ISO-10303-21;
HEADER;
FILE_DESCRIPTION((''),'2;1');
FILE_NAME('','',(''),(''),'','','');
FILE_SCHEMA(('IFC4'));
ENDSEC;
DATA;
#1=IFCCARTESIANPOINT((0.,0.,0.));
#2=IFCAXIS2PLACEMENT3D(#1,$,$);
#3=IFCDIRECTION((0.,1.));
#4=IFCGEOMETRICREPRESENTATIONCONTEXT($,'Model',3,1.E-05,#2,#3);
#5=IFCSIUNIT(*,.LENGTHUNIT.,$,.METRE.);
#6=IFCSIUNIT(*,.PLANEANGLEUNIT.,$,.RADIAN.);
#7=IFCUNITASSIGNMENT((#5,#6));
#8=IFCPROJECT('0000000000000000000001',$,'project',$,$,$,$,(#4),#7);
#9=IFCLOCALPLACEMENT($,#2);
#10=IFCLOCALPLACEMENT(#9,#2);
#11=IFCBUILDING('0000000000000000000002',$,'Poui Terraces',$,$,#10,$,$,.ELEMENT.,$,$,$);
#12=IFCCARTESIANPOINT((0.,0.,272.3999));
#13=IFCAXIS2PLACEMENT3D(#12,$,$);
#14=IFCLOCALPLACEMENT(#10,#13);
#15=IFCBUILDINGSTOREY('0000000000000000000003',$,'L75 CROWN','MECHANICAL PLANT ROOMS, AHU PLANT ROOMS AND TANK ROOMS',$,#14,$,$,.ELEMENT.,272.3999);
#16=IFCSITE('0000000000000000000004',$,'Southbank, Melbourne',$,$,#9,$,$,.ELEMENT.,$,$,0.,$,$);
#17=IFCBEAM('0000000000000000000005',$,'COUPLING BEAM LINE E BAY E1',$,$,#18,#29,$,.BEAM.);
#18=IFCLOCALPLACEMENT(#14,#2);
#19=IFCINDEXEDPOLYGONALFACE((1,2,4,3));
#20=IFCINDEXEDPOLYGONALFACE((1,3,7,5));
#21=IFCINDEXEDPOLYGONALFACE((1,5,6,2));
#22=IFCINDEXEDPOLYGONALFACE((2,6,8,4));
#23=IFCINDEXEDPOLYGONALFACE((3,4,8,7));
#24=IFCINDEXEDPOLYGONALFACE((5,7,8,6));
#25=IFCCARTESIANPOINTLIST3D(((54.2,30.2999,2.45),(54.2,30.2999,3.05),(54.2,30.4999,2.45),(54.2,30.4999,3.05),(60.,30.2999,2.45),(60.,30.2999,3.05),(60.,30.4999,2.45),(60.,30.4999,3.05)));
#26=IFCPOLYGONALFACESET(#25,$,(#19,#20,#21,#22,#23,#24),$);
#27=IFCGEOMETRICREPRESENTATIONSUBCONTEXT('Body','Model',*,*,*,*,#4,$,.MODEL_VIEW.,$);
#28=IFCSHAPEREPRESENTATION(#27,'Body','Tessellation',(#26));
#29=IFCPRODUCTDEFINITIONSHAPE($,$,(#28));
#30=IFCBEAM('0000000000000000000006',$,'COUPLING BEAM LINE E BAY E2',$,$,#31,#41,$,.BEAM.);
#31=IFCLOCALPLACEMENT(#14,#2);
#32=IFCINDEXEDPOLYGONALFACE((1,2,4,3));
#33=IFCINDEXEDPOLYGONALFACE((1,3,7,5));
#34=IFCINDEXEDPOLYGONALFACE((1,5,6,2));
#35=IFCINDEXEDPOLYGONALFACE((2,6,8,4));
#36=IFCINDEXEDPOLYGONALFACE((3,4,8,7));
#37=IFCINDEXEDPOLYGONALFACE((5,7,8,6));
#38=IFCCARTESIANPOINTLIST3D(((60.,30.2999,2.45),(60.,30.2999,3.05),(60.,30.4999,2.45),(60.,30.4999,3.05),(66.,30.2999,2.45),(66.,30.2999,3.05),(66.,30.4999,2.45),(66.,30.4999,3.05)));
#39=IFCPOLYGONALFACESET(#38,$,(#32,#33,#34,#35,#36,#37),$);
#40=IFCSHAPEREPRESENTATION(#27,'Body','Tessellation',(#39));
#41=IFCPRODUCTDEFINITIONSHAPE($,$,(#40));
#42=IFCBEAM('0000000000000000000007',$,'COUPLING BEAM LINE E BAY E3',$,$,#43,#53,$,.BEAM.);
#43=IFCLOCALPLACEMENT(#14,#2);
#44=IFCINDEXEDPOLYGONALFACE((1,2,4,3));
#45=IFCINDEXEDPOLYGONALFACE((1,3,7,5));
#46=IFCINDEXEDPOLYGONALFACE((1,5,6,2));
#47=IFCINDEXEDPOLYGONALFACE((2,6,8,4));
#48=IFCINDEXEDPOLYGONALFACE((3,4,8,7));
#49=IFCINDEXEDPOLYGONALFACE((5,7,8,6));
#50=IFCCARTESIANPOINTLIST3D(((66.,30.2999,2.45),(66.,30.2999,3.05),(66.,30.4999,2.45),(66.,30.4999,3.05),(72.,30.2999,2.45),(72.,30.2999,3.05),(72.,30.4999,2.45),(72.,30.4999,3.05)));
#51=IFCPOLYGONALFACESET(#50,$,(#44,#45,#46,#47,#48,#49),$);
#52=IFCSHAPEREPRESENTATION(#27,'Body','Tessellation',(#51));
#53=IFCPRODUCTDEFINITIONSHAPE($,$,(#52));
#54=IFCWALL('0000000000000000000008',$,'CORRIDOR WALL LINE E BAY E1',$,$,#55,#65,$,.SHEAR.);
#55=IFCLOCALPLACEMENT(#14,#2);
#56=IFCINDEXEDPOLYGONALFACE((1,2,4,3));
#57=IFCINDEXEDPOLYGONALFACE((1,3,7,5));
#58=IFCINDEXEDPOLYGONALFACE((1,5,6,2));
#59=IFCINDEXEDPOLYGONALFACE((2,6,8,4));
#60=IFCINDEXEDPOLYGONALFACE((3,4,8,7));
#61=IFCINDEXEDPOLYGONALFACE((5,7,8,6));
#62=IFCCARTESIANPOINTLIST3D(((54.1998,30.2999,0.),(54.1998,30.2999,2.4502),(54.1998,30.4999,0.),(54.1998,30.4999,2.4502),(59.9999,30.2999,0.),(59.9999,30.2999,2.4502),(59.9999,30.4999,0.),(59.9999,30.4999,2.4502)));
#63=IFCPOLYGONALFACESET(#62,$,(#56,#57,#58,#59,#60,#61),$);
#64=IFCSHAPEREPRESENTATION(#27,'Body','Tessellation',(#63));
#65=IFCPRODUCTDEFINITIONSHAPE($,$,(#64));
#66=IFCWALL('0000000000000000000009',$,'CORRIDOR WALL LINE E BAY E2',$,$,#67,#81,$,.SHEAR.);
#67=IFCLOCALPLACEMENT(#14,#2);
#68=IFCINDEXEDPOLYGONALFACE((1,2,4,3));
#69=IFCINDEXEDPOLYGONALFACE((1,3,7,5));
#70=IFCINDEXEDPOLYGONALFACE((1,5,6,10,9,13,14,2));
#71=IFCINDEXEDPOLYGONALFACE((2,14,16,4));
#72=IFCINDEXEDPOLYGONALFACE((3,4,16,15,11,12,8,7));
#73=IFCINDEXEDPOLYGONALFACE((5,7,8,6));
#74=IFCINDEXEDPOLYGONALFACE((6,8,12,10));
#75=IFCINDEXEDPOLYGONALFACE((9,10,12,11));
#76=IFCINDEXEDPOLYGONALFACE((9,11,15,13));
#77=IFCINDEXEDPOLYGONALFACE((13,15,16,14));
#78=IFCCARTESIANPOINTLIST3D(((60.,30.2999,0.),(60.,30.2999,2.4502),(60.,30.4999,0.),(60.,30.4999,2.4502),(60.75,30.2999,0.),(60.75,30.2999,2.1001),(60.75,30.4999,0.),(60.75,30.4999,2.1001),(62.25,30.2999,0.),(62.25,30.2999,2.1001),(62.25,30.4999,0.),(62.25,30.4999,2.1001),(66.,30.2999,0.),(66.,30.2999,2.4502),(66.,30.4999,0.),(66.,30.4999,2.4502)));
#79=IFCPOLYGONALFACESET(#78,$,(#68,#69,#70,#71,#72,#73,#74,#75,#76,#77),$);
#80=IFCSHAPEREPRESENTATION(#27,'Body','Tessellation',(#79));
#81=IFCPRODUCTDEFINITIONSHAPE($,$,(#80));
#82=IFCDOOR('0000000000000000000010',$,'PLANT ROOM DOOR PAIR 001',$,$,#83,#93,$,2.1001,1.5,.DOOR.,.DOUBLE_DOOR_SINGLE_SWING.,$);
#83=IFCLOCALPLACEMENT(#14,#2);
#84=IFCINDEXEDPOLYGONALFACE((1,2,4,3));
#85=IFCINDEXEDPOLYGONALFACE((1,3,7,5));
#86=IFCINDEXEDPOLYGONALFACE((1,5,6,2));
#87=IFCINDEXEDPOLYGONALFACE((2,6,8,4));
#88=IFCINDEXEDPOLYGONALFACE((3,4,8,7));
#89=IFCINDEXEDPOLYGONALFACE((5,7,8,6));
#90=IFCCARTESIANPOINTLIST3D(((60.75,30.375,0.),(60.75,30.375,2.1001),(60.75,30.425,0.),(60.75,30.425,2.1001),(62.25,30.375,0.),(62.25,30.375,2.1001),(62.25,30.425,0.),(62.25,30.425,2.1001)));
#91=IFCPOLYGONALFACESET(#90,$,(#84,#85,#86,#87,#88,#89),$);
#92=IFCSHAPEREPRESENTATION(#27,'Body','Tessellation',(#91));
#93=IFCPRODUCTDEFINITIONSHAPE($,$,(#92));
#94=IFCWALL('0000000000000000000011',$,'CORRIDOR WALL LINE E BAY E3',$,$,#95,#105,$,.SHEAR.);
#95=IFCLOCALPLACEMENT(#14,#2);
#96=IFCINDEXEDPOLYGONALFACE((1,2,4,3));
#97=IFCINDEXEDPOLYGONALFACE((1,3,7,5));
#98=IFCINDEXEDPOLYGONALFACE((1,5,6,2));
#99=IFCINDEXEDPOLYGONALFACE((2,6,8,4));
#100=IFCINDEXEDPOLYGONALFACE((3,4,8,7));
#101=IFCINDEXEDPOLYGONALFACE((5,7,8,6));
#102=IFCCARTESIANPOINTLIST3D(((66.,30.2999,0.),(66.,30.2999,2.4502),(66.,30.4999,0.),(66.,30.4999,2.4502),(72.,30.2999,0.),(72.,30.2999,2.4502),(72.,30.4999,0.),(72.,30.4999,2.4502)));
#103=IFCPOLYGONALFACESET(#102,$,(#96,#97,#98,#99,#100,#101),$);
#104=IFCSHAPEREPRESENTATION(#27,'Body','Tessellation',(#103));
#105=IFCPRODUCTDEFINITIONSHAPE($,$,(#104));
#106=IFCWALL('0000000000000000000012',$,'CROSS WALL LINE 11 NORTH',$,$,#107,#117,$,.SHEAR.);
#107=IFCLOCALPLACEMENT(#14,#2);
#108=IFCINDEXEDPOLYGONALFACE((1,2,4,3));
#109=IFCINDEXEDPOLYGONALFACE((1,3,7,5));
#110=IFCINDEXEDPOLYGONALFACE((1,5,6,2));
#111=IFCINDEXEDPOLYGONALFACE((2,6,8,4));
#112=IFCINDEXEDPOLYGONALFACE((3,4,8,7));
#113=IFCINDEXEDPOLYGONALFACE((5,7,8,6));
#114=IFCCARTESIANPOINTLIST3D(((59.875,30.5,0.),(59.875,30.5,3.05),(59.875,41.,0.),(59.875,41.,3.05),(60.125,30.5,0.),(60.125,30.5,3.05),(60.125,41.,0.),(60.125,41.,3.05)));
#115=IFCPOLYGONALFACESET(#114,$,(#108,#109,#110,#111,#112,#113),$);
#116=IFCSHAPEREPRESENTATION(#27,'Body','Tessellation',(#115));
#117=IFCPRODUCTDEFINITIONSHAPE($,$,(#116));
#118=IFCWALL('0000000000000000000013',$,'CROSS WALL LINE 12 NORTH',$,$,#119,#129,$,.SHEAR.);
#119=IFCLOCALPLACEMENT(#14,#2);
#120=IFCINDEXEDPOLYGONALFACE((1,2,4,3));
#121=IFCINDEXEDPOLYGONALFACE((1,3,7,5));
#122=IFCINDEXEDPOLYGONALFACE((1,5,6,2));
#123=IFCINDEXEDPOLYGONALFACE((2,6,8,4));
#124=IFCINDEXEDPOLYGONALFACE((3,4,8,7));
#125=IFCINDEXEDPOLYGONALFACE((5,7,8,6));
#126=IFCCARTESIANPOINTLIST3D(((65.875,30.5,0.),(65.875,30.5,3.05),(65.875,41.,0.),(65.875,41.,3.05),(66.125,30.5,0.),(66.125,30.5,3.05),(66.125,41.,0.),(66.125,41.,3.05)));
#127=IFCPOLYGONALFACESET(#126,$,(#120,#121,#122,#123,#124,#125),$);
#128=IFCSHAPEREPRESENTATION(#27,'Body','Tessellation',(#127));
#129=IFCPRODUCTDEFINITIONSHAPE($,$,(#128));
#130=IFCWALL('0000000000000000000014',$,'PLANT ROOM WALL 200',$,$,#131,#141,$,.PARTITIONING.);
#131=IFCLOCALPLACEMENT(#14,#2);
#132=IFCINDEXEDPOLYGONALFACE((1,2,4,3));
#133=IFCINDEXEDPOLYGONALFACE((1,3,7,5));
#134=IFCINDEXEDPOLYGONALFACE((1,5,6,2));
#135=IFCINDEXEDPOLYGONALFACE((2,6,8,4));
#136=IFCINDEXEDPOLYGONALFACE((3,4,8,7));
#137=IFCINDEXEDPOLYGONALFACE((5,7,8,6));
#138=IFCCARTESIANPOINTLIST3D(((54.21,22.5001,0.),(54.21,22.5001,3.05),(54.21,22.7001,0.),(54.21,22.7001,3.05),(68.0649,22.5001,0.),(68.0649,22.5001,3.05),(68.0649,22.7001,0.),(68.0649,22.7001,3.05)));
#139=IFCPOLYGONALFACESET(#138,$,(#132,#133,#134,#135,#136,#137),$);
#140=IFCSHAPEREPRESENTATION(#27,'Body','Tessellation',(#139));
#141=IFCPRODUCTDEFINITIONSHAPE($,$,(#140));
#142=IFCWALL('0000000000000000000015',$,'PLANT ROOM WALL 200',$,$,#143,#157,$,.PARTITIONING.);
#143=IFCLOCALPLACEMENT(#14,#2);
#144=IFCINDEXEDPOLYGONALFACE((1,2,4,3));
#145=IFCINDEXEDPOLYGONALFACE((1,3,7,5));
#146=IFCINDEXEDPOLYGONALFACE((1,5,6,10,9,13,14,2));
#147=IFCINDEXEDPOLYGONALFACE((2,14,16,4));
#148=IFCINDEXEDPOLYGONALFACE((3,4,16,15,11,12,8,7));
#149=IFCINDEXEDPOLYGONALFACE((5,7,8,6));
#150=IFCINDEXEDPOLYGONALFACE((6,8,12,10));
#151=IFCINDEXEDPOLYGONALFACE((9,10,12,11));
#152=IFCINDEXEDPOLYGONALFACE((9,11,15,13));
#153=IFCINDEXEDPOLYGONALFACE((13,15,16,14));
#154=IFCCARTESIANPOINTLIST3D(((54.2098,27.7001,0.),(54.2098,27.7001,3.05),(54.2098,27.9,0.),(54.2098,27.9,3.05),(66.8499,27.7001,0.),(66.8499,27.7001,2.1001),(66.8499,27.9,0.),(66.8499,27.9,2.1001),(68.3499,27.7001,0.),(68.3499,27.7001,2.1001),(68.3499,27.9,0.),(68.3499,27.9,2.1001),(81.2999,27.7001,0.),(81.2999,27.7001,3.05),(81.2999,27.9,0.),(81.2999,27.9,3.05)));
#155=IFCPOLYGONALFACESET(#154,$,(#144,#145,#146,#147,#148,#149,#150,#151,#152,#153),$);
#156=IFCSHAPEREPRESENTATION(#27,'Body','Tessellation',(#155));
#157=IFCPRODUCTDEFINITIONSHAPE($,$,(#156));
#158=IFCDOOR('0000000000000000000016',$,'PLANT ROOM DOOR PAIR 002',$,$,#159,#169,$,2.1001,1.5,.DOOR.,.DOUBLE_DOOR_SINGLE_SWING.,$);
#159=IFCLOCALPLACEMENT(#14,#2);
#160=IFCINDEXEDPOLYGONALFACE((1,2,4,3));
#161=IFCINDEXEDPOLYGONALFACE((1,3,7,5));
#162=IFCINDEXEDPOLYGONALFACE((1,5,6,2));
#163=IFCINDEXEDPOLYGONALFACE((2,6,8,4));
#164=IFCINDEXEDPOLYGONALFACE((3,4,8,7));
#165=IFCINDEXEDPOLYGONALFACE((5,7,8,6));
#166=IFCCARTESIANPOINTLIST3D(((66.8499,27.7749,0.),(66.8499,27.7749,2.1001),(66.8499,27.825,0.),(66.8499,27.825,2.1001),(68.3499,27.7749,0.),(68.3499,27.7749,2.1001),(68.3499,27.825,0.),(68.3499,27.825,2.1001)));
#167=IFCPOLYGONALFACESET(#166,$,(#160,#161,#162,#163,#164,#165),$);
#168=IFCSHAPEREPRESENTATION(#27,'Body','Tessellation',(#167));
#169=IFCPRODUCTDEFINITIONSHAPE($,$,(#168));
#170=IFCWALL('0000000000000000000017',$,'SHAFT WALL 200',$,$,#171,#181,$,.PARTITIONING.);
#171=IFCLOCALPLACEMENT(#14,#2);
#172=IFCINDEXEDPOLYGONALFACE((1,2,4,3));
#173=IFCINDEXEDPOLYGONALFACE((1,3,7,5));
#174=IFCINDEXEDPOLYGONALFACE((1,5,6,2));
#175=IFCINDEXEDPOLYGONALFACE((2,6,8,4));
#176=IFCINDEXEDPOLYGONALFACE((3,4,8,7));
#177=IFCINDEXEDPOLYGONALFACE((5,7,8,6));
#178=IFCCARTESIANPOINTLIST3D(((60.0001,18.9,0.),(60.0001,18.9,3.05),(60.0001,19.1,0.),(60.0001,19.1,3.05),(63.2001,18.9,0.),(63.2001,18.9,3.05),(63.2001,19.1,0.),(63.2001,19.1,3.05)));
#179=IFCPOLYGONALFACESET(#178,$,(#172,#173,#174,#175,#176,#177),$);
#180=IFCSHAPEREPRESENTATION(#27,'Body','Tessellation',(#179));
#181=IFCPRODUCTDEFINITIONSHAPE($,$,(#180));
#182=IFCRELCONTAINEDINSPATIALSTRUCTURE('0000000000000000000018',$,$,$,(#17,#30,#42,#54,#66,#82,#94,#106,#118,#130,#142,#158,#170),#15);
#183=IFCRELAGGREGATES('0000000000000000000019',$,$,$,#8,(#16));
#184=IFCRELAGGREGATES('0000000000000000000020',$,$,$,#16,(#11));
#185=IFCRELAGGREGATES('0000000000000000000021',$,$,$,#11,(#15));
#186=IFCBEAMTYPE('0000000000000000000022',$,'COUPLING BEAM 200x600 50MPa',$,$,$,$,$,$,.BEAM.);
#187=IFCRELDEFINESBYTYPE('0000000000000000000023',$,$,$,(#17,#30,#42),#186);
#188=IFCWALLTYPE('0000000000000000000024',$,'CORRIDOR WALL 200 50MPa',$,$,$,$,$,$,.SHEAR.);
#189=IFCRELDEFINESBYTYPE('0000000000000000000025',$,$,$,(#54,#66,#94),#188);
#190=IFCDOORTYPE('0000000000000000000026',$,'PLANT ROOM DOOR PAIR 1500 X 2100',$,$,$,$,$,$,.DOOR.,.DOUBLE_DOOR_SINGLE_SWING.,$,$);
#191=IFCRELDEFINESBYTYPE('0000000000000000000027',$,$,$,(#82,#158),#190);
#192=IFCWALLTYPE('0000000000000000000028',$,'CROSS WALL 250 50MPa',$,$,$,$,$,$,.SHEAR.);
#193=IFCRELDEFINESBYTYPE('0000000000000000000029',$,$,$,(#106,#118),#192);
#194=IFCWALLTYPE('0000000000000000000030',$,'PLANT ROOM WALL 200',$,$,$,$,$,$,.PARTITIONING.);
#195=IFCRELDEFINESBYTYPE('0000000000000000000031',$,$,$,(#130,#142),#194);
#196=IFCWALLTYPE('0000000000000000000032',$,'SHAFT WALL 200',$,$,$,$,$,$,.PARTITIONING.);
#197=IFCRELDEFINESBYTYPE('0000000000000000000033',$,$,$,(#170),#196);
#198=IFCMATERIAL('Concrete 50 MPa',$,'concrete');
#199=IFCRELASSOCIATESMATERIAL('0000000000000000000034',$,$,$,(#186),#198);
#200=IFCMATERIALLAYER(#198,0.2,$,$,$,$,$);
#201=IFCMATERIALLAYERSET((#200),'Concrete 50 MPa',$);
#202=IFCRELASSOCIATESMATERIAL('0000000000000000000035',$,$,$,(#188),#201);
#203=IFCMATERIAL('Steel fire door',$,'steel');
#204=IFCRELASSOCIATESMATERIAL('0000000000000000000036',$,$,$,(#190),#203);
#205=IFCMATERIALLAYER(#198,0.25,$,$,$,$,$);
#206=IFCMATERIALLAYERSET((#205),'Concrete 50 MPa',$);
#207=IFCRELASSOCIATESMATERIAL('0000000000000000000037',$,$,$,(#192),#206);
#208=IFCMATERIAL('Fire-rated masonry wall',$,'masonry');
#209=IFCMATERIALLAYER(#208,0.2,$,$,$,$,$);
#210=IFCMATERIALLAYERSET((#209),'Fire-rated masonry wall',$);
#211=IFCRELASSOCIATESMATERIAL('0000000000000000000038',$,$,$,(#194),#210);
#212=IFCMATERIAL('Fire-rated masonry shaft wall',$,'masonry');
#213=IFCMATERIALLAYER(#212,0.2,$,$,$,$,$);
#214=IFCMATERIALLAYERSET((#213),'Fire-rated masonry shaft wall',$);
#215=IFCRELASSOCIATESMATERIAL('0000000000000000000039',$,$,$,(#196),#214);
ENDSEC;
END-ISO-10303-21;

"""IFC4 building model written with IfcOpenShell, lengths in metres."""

from ifc_helpers import new_model, si_unit, direction, frame, frame_2d, origin, origin_2d, place, context, subcontext, project, spatial, rectangle, extrude, source, transform, mapped, material, layer, layer_set, material_profile, profile_set, type_object, element, fill, save


model = new_model("IFC4")

# Units and contexts
model_context = context("Model", 3, precision=1e-05, world=origin(), true_north=direction((0.0, 1.0)))
body_context = subcontext(model_context, "Body", "Model", "MODEL_VIEW")
ifc_project = project(units=[si_unit("LENGTHUNIT", "METRE"), si_unit("PLANEANGLEUNIT", "RADIAN")], contexts=[model_context])

# Site, building, storey
site_placement = place(None, origin())
site = spatial("IfcSite", under=ifc_project, at=site_placement, Name="Southbank, Melbourne", CompositionType="ELEMENT", RefElevation=0.0)
building_placement = place(site_placement, origin())
building = spatial("IfcBuilding", under=site, at=building_placement, Name="Poui Terraces", CompositionType="ELEMENT")
storey_placement = place(building_placement, frame((0.0, 0.0, 272.3999)))
storey = spatial("IfcBuildingStorey", under=building, at=storey_placement, Name="L75 CROWN", Description="MECHANICAL PLANT ROOMS, AHU PLANT ROOMS AND TANK ROOMS", CompositionType="ELEMENT", Elevation=272.3999)

# Beams
ifc_material_1 = material(Name="Concrete 50 MPa", Category="concrete")
ifc_material_profile_1 = material_profile(ifc_material_1, rectangle(XDim=0.2, YDim=0.6001, at=origin_2d()), Name="RC 200x600")
ifc_profile_set_1 = profile_set([ifc_material_profile_1], Name="Concrete 50 MPa")
beam_type = type_object("IfcBeamType", Name="COUPLING BEAM 200x600 50MPa", PredefinedType="BEAM", material=ifc_profile_set_1)
shared_shape_1 = source(origin(), body_context, "Body", "SweptSolid", [
    extrude(rectangle(XDim=0.2, YDim=0.6001, at=origin_2d()), origin(), (0.0, 0.0, 1.0), 5.8),
])
beam_placement = place(storey_placement, frame((54.2, 30.3999, 2.75), z_axis=(1.0, 0.0, 0.0), x_axis=(0.0, 1.0, 0.0)))
element("IfcBeam", 1, at=beam_placement, inside=storey, type_object=beam_type, Name="COUPLING BEAM LINE E BAY E1", PredefinedType="BEAM", context=body_context, shape_type="MappedRepresentation", body=[
    mapped(shared_shape_1, transform((0.0, 0.0, 0.0))),
])
shared_shape_2 = source(origin(), body_context, "Body", "SweptSolid", [
    extrude(rectangle(XDim=0.2, YDim=0.6001, at=origin_2d()), origin(), (0.0, 0.0, 1.0), 6.0),
])
for number, where, z_axis, x_axis, name in (
    (2, (60.0, 30.3999, 2.75), (1.0, 0.0, 0.0), (0.0, 1.0, 0.0), "COUPLING BEAM LINE E BAY E2"),
    (3, (66.0, 30.3999, 2.75), (1.0, 0.0, 0.0), (0.0, 1.0, 0.0), "COUPLING BEAM LINE E BAY E3"),
):
    element("IfcBeam", number, at=place(storey_placement, frame(where, z_axis=z_axis, x_axis=x_axis)), inside=storey, type_object=beam_type, Name=name, PredefinedType="BEAM", context=body_context, shape_type="MappedRepresentation", body=[
        mapped(shared_shape_2, transform((0.0, 0.0, 0.0))),
    ])

# Wall
ifc_layer_1 = layer(ifc_material_1, 0.2)
ifc_layer_set_1 = layer_set([ifc_layer_1], Name="Concrete 50 MPa")
wall_type_1 = type_object("IfcWallType", Name="CORRIDOR WALL 200 50MPa", PredefinedType="SHEAR", material=ifc_layer_set_1)
wall_1_placement = place(storey_placement, frame((54.2, 30.3999, 0.0), z_axis=(0.0, 0.0, 1.0), x_axis=(1.0, 0.0, 0.0)))
element("IfcWall", 4, at=wall_1_placement, inside=storey, type_object=wall_type_1, Name="CORRIDOR WALL LINE E BAY E1", PredefinedType="SHEAR", context=body_context, shape_type="SweptSolid", body=[
    extrude(rectangle(XDim=5.8, YDim=0.2, at=frame_2d((2.8999, 0.0))), origin(), (0.0, 0.0, 1.0), 2.4502),
])

# Wall, opening, door
wall_2_placement = place(storey_placement, frame((60.0, 30.3999, 0.0), z_axis=(0.0, 0.0, 1.0), x_axis=(1.0, 0.0, 0.0)))
wall_2 = element("IfcWall", 5, at=wall_2_placement, inside=storey, type_object=wall_type_1, Name="CORRIDOR WALL LINE E BAY E2", PredefinedType="SHEAR", context=body_context, shape_type="SweptSolid", body=[
    extrude(rectangle(XDim=6.0, YDim=0.2, at=frame_2d((3.0, 0.0))), origin(), (0.0, 0.0, 1.0), 2.4502),
])
opening_1_placement = place(wall_2_placement, frame((0.75, 0.0, 0.0)))
opening_1 = element("IfcOpeningElement", 6, at=opening_1_placement, cuts=wall_2, PredefinedType="OPENING", context=body_context, shape_type="SweptSolid", body=[
    extrude(rectangle(XDim=1.5, YDim=2.1001, at=frame_2d((0.75, 1.05))), frame((0.0, 0.1099, 0.0), z_axis=(0.0, -1.0, 0.0), x_axis=(1.0, 0.0, 0.0)), (0.0, 0.0, 1.0), 0.22),
])
ifc_material_2 = material(Name="Steel fire door", Category="steel")
door_type = type_object("IfcDoorType", Name="PLANT ROOM DOOR PAIR 1500 X 2100", OperationType="DOUBLE_DOOR_SINGLE_SWING", PredefinedType="DOOR", material=ifc_material_2)
door_1_placement = place(opening_1_placement, frame((1.5, 0.0, 0.0), z_axis=(0.0, 0.0, 1.0), x_axis=(-1.0, 0.0, 0.0)))
door_1 = element("IfcDoor", 7, at=door_1_placement, inside=storey, type_object=door_type, Name="PLANT ROOM DOOR PAIR 001", OperationType="DOUBLE_DOOR_SINGLE_SWING", OverallHeight=2.1001, OverallWidth=1.5, PredefinedType="DOOR", context=body_context, shape_type="SweptSolid", body=[
    extrude(rectangle(XDim=1.5, YDim=2.1001, at=frame_2d((0.75, 1.05))), frame((0.0, 0.0249, 0.0), z_axis=(0.0, -1.0, 0.0), x_axis=(1.0, 0.0, 0.0)), (0.0, 0.0, 1.0), 0.05),
])
fill(opening_1, door_1)

# Walls
wall_3_placement = place(storey_placement, frame((66.0, 30.3999, 0.0), z_axis=(0.0, 0.0, 1.0), x_axis=(1.0, 0.0, 0.0)))
element("IfcWall", 8, at=wall_3_placement, inside=storey, type_object=wall_type_1, Name="CORRIDOR WALL LINE E BAY E3", PredefinedType="SHEAR", context=body_context, shape_type="SweptSolid", body=[
    extrude(rectangle(XDim=6.0, YDim=0.2, at=frame_2d((3.0, 0.0))), origin(), (0.0, 0.0, 1.0), 2.4502),
])
ifc_layer_2 = layer(ifc_material_1, 0.25)
ifc_layer_set_2 = layer_set([ifc_layer_2], Name="Concrete 50 MPa")
wall_type_2 = type_object("IfcWallType", Name="CROSS WALL 250 50MPa", PredefinedType="SHEAR", material=ifc_layer_set_2)
for number, where, z_axis, x_axis, name in (
    (9, (60.0, 30.5, 0.0), (0.0, 0.0, 1.0), (0.0, 1.0, 0.0), "CROSS WALL LINE 11 NORTH"),
    (10, (66.0, 30.5, 0.0), (0.0, 0.0, 1.0), (0.0, 1.0, 0.0), "CROSS WALL LINE 12 NORTH"),
):
    element("IfcWall", number, at=place(storey_placement, frame(where, z_axis=z_axis, x_axis=x_axis)), inside=storey, type_object=wall_type_2, Name=name, PredefinedType="SHEAR", context=body_context, shape_type="SweptSolid", body=[
        extrude(rectangle(XDim=10.5, YDim=0.25, at=frame_2d((5.25, 0.0))), origin(), (0.0, 0.0, 1.0), 3.05),
    ])
ifc_material_3 = material(Name="Fire-rated masonry wall", Category="masonry")
ifc_layer_3 = layer(ifc_material_3, 0.2)
ifc_layer_set_3 = layer_set([ifc_layer_3], Name="Fire-rated masonry wall")
wall_type_3 = type_object("IfcWallType", Name="PLANT ROOM WALL 200", PredefinedType="PARTITIONING", material=ifc_layer_set_3)
wall_4_placement = place(storey_placement, frame((54.21, 22.6001, 0.0), z_axis=(0.0, 0.0, 1.0), x_axis=(1.0, 0.0, 0.0)))
element("IfcWall", 11, at=wall_4_placement, inside=storey, type_object=wall_type_3, Name="PLANT ROOM WALL 200", PredefinedType="PARTITIONING", context=body_context, shape_type="SweptSolid", body=[
    extrude(rectangle(XDim=13.855, YDim=0.2, at=frame_2d((6.9275, 0.0))), origin(), (0.0, 0.0, 1.0), 3.05),
])

# Wall, opening, door
wall_5_placement = place(storey_placement, frame((54.21, 27.8, 0.0), z_axis=(0.0, 0.0, 1.0), x_axis=(1.0, 0.0, 0.0)))
wall_5 = element("IfcWall", 12, at=wall_5_placement, inside=storey, type_object=wall_type_3, Name="PLANT ROOM WALL 200", PredefinedType="PARTITIONING", context=body_context, shape_type="SweptSolid", body=[
    extrude(rectangle(XDim=27.0901, YDim=0.2, at=frame_2d((13.5449, 0.0))), origin(), (0.0, 0.0, 1.0), 3.05),
])
opening_2_placement = place(wall_5_placement, frame((12.6399, 0.0, 0.0)))
opening_2 = element("IfcOpeningElement", 13, at=opening_2_placement, cuts=wall_5, PredefinedType="OPENING", context=body_context, shape_type="SweptSolid", body=[
    extrude(rectangle(XDim=1.5, YDim=2.1001, at=frame_2d((0.75, 1.05))), frame((0.0, 0.1099, 0.0), z_axis=(0.0, -1.0, 0.0), x_axis=(1.0, 0.0, 0.0)), (0.0, 0.0, 1.0), 0.22),
])
door_2_placement = place(opening_2_placement, origin())
door_2 = element("IfcDoor", 14, at=door_2_placement, inside=storey, type_object=door_type, Name="PLANT ROOM DOOR PAIR 002", OperationType="DOUBLE_DOOR_SINGLE_SWING", OverallHeight=2.1001, OverallWidth=1.5, PredefinedType="DOOR", context=body_context, shape_type="SweptSolid", body=[
    extrude(rectangle(XDim=1.5, YDim=2.1001, at=frame_2d((0.75, 1.05))), frame((0.0, 0.0249, 0.0), z_axis=(0.0, -1.0, 0.0), x_axis=(1.0, 0.0, 0.0)), (0.0, 0.0, 1.0), 0.05),
])
fill(opening_2, door_2)

# Wall
ifc_material_4 = material(Name="Fire-rated masonry shaft wall", Category="masonry")
ifc_layer_4 = layer(ifc_material_4, 0.2)
ifc_layer_set_4 = layer_set([ifc_layer_4], Name="Fire-rated masonry shaft wall")
wall_type_4 = type_object("IfcWallType", Name="SHAFT WALL 200", PredefinedType="PARTITIONING", material=ifc_layer_set_4)
wall_6_placement = place(storey_placement, frame((60.0, 19.0, 0.0), z_axis=(0.0, 0.0, 1.0), x_axis=(1.0, 0.0, 0.0)))
element("IfcWall", 15, at=wall_6_placement, inside=storey, type_object=wall_type_4, Name="SHAFT WALL 200", PredefinedType="PARTITIONING", context=body_context, shape_type="SweptSolid", body=[
    extrude(rectangle(XDim=3.2, YDim=0.2, at=frame_2d((1.6001, 0.0))), origin(), (0.0, 0.0, 1.0), 3.05),
])

save(model, "model.ifc")
